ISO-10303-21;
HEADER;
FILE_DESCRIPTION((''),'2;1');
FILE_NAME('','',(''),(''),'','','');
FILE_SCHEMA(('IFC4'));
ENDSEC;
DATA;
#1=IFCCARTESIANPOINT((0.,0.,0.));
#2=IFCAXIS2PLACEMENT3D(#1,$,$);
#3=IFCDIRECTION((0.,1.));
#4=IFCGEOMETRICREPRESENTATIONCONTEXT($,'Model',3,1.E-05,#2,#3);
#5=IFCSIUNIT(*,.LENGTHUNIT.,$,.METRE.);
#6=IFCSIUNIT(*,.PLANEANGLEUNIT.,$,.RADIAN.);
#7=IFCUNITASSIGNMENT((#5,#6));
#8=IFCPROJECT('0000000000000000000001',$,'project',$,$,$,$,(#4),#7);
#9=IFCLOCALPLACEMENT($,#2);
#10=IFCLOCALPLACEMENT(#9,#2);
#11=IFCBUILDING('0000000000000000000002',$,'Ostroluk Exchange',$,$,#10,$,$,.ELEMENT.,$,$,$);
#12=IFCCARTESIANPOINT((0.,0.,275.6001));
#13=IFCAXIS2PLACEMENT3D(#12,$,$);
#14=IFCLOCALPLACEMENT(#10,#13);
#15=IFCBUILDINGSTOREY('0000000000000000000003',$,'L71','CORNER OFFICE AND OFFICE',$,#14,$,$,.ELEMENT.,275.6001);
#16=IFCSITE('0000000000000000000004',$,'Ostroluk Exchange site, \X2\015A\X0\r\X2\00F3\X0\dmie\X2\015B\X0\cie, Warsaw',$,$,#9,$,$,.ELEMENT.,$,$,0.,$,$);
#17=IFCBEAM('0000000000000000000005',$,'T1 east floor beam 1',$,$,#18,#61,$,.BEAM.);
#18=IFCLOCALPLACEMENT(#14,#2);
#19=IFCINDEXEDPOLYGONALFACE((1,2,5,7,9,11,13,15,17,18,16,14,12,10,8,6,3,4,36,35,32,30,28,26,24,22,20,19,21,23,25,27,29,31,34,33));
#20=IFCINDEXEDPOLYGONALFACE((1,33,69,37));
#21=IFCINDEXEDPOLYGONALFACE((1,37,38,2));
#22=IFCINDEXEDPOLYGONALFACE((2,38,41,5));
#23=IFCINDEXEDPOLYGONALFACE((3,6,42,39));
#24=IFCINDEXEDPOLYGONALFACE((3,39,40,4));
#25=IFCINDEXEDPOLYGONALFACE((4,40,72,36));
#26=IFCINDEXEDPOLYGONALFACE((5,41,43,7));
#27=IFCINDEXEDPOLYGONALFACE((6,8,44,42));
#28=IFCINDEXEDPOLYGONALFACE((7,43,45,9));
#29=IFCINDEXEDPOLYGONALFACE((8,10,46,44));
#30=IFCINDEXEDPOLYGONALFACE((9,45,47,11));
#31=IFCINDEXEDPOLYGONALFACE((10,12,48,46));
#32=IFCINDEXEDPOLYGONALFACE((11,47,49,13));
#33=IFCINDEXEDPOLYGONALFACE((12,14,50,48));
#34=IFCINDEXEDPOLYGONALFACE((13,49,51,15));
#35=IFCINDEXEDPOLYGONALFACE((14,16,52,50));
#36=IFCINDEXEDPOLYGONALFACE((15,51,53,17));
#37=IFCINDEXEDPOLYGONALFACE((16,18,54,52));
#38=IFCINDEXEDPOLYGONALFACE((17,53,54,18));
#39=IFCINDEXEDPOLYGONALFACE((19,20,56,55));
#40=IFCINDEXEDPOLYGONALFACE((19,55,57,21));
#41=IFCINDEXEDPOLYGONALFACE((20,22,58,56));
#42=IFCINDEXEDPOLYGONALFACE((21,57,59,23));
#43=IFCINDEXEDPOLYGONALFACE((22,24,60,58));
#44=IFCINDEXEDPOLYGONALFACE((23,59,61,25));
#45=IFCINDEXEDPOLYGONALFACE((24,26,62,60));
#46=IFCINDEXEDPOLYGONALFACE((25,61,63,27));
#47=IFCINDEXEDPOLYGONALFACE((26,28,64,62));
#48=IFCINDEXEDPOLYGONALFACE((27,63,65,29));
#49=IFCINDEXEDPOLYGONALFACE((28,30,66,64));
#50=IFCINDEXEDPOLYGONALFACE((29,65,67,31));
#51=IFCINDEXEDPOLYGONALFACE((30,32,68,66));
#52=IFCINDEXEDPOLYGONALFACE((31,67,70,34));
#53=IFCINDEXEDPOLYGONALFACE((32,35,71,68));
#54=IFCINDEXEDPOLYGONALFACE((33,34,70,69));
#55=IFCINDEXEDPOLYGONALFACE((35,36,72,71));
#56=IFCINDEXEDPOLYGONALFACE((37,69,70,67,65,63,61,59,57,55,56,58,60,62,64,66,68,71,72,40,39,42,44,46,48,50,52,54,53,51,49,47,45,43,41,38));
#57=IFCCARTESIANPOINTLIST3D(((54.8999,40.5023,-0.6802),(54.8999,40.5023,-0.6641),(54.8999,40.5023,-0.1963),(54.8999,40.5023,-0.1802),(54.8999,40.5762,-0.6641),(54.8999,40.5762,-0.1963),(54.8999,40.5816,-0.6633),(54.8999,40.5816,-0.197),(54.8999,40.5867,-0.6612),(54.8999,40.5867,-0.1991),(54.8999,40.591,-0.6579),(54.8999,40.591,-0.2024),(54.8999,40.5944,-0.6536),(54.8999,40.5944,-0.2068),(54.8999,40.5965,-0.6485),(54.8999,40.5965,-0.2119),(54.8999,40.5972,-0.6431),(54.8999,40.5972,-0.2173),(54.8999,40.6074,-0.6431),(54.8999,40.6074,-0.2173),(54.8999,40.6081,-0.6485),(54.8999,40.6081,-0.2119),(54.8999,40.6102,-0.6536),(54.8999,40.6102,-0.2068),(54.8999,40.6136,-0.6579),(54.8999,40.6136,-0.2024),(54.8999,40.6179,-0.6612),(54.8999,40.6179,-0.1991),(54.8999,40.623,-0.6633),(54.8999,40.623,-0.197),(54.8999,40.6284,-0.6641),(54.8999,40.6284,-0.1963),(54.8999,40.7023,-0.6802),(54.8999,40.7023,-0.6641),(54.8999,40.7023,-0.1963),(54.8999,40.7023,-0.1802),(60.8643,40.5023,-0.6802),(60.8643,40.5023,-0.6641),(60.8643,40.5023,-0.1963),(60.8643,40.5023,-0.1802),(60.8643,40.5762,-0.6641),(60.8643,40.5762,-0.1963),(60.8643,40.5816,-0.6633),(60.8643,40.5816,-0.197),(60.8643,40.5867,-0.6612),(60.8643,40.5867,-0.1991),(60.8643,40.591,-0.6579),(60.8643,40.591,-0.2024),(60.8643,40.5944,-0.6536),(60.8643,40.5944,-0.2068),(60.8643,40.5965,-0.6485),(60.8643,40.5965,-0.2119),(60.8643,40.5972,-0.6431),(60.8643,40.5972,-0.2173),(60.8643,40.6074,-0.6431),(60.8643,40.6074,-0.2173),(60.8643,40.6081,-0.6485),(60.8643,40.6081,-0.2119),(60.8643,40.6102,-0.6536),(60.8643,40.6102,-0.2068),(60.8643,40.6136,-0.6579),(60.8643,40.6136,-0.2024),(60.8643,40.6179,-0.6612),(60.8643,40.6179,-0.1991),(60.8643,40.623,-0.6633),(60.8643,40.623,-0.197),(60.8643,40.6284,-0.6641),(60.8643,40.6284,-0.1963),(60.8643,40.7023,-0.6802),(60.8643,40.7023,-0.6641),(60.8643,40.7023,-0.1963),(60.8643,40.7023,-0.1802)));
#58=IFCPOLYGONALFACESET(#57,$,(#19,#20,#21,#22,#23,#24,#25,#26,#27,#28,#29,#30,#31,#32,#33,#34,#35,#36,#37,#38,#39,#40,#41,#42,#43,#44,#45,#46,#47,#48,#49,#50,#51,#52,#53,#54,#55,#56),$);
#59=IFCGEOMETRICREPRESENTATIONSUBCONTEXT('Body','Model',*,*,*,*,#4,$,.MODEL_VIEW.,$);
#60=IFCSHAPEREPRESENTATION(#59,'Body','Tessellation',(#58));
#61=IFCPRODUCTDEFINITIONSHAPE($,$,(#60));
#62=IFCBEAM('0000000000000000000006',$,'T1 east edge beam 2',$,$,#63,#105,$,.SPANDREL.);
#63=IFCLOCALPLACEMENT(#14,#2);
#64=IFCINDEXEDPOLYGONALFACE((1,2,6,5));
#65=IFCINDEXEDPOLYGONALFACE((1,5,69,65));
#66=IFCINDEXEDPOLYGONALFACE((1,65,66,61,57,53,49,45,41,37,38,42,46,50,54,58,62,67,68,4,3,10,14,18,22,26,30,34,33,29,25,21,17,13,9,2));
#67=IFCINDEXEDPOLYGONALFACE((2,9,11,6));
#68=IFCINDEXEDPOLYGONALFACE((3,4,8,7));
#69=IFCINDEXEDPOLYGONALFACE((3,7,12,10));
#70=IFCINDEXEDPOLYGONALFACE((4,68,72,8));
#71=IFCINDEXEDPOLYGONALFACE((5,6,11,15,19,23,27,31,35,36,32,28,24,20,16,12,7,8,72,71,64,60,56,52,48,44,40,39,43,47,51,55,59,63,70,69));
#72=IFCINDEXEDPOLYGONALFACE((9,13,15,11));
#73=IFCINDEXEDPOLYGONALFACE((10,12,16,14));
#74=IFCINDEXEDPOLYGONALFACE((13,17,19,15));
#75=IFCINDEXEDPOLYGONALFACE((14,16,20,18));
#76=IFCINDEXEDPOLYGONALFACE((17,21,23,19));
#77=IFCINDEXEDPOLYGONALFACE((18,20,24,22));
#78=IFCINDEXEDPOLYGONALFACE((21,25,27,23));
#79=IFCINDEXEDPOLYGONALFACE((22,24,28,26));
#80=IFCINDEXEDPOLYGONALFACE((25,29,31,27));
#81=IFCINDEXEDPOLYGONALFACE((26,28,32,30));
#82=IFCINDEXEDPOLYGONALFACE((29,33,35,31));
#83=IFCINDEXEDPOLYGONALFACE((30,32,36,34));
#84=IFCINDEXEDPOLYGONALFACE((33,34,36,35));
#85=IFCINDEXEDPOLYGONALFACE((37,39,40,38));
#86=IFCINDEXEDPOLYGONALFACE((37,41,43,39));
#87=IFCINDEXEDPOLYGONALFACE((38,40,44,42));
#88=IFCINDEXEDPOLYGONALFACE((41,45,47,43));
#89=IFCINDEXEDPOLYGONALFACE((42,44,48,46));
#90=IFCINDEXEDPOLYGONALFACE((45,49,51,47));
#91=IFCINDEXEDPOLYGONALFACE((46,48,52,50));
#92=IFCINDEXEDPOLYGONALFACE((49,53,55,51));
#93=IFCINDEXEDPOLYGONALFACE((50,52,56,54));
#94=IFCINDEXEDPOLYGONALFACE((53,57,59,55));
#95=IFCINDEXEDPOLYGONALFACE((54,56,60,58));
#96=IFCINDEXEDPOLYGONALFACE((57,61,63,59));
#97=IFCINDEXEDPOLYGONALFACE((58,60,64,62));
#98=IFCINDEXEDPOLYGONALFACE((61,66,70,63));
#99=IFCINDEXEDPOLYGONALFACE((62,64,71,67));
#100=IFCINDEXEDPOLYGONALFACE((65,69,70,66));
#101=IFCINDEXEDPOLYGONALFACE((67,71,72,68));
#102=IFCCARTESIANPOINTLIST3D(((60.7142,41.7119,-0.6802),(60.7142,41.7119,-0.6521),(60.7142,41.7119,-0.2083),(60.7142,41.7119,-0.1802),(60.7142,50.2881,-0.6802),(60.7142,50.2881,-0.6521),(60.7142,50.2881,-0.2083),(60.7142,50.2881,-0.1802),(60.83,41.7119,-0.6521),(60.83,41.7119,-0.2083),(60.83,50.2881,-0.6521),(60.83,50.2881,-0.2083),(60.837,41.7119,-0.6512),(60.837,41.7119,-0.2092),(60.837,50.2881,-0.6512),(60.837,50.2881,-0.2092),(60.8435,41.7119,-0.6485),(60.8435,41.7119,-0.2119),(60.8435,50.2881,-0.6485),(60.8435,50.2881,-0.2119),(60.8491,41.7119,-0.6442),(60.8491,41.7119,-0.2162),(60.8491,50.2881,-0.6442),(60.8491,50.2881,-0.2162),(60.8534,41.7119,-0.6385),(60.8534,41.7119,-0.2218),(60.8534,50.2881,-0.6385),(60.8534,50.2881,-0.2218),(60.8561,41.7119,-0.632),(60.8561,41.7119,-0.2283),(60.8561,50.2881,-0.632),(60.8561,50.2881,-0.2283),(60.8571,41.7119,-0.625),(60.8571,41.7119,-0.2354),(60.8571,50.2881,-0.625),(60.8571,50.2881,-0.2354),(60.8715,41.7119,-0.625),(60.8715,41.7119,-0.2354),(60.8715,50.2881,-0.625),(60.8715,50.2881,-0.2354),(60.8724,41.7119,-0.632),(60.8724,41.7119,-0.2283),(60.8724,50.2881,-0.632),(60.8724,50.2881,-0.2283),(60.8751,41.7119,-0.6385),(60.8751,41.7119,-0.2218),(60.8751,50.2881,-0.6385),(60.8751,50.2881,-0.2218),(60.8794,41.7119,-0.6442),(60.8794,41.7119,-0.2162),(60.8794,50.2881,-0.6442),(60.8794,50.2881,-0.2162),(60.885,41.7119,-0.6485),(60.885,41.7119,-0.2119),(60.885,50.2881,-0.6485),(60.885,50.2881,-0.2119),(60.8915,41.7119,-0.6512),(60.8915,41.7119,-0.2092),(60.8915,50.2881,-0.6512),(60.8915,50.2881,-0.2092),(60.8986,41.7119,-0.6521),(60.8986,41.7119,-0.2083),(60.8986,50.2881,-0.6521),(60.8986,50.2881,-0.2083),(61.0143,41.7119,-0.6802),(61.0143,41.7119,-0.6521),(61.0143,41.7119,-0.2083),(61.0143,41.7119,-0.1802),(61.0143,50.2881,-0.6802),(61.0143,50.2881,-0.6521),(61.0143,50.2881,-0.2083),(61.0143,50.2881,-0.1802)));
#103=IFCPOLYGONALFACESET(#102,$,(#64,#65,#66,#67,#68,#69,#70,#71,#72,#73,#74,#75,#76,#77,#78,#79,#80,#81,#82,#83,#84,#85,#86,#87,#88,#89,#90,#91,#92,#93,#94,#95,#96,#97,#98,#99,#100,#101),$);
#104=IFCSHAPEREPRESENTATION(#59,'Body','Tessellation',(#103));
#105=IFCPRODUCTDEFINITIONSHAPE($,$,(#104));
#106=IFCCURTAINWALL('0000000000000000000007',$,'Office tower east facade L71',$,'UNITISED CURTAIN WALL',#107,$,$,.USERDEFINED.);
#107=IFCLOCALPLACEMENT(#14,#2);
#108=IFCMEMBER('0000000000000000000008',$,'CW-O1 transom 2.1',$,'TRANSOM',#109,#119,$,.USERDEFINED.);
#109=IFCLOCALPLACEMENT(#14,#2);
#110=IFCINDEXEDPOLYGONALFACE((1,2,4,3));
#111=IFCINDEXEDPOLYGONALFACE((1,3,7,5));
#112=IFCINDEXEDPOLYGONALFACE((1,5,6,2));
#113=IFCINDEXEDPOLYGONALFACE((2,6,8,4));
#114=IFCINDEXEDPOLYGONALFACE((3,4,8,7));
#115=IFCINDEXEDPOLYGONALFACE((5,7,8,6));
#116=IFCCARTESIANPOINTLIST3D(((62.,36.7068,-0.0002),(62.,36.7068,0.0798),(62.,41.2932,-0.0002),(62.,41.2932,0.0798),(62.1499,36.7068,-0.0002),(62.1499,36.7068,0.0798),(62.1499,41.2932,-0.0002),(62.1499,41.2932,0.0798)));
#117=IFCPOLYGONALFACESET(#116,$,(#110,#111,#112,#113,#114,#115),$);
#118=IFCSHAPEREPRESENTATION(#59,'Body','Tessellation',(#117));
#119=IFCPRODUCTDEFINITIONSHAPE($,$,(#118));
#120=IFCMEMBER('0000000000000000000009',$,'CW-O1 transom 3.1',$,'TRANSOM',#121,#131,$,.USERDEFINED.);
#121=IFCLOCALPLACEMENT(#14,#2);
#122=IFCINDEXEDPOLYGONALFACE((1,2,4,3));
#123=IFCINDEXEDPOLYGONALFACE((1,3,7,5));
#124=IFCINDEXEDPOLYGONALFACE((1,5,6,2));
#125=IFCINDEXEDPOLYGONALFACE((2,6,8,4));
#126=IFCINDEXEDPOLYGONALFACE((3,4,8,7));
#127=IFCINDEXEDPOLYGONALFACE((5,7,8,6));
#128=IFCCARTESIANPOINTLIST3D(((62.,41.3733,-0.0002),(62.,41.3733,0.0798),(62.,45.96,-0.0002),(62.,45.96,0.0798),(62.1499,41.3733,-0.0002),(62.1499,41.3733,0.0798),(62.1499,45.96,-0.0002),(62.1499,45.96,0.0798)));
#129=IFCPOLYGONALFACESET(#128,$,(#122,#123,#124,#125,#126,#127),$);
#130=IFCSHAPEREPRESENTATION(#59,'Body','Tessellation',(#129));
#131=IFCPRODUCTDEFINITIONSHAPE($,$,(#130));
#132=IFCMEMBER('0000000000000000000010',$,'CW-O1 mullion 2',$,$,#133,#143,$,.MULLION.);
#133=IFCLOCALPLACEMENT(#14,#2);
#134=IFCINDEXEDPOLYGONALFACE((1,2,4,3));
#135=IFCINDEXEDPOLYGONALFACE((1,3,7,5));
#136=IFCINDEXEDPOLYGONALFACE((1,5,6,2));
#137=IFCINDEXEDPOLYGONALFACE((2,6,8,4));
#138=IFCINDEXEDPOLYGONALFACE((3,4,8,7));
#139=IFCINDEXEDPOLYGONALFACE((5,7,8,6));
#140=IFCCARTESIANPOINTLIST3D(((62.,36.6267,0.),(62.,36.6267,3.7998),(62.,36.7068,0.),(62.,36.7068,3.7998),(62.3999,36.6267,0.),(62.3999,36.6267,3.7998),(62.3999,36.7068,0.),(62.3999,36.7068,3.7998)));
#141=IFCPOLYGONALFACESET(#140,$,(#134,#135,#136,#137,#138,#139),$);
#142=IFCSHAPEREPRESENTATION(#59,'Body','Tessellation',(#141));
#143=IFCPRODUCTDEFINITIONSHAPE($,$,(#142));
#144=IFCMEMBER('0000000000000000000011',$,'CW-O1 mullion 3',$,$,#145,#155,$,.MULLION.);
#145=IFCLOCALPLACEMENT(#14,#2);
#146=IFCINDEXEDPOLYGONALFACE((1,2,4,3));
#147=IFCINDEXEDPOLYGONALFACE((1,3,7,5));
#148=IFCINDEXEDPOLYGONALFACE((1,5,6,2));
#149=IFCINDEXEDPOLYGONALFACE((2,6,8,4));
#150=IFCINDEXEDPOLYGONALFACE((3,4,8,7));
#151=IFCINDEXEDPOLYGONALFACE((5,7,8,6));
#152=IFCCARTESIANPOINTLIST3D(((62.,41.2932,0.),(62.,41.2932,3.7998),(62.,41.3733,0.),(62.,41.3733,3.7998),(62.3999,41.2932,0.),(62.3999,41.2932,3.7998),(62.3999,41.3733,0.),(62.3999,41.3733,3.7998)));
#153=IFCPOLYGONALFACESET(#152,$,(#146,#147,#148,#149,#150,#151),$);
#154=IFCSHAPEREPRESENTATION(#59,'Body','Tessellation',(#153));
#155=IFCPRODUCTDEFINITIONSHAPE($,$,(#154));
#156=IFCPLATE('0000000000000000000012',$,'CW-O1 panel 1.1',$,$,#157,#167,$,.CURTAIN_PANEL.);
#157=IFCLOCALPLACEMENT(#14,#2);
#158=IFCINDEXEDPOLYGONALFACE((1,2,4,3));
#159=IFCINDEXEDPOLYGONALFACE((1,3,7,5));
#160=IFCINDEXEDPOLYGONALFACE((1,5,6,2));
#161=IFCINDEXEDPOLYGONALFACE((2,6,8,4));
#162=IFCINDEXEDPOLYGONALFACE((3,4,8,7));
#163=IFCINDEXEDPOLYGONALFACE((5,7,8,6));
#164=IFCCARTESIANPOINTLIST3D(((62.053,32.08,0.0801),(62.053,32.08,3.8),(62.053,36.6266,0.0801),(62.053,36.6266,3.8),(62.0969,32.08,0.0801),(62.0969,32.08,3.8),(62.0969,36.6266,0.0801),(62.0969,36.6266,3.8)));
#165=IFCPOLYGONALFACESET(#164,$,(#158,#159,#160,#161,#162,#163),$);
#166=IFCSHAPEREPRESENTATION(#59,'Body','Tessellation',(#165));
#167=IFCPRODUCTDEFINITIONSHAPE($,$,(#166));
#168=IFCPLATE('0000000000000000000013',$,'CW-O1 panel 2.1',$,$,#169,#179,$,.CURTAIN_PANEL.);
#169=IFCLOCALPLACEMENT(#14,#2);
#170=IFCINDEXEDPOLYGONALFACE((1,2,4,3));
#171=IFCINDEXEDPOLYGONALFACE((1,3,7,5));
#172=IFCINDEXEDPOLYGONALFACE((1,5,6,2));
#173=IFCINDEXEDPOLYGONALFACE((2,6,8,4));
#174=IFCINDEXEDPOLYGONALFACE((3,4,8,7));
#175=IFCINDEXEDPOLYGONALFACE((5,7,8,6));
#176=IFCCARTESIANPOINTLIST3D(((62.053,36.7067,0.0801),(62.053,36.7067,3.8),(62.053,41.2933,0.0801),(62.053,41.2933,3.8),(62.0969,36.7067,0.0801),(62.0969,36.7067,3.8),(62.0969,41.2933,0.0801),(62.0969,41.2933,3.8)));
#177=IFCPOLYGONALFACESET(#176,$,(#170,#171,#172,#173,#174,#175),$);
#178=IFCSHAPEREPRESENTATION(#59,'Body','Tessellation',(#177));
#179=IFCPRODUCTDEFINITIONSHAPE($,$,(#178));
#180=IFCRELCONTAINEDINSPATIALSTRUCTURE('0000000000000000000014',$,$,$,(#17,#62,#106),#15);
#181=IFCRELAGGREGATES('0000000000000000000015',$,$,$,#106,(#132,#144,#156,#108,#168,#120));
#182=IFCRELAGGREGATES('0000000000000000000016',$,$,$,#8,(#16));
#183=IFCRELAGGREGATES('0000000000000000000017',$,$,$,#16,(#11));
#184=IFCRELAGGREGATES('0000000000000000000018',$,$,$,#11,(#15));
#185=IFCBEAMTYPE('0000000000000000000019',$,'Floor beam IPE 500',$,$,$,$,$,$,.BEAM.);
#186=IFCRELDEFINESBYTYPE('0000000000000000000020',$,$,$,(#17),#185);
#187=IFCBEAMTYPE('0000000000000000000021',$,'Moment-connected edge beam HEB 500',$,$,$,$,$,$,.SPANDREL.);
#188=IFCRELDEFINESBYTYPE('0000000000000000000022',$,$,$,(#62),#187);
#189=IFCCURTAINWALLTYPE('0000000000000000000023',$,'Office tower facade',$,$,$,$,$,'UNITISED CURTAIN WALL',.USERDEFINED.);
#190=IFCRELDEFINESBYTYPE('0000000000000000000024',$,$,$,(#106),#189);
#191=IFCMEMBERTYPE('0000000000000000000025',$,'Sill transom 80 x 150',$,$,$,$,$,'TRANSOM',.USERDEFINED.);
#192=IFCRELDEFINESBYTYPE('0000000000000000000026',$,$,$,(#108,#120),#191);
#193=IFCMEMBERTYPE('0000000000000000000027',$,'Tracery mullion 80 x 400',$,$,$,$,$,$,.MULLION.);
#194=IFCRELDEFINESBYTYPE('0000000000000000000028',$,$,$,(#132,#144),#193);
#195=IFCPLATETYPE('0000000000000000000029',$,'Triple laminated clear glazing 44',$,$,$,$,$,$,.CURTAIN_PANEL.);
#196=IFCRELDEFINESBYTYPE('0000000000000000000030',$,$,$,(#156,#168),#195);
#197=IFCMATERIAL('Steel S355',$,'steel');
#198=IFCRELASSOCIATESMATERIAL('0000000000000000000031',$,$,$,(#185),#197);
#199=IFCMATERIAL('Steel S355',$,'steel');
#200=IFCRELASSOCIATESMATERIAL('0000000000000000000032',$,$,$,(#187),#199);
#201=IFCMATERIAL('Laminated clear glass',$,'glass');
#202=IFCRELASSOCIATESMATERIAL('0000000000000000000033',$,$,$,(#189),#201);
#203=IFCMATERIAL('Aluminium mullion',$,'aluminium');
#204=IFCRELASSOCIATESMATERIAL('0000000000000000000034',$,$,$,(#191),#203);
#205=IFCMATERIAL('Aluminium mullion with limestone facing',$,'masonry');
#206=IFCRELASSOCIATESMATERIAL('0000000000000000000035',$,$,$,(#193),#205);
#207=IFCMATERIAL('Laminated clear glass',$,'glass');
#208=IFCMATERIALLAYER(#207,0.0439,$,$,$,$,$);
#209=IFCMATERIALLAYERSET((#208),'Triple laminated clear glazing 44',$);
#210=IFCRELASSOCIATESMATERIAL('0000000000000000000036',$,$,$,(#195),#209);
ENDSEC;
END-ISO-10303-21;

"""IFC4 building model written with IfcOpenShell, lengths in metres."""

from ifc_helpers import new_model, si_unit, direction, frame, origin, origin_2d, place, context, subcontext, project, spatial, rectangle, i_section, extrude, material, layer, layer_set, material_profile, profile_set, type_object, element, aggregate, save


model = new_model("IFC4")

# Units and contexts
model_context = context("Model", 3, precision=1e-05, world=origin(), true_north=direction((0.0, 1.0)))
body_context = subcontext(model_context, "Body", "Model", "MODEL_VIEW")
ifc_project = project(units=[si_unit("LENGTHUNIT", "METRE"), si_unit("PLANEANGLEUNIT", "RADIAN")], contexts=[model_context])

# Site, building, storey
site_placement = place(None, origin())
site = spatial("IfcSite", under=ifc_project, at=site_placement, Name="Ostroluk Exchange site, Śródmieście, Warsaw", CompositionType="ELEMENT", RefElevation=0.0)
building_placement = place(site_placement, origin())
building = spatial("IfcBuilding", under=site, at=building_placement, Name="Ostroluk Exchange", CompositionType="ELEMENT")
storey_placement = place(building_placement, frame((0.0, 0.0, 275.6001)))
storey = spatial("IfcBuildingStorey", under=building, at=storey_placement, Name="L71", Description="CORNER OFFICE AND OFFICE", CompositionType="ELEMENT", Elevation=275.6001)

# Beams
ifc_material_1 = material(Name="Steel S355", Category="steel")
ifc_material_profile_1 = material_profile(ifc_material_1, i_section(OverallWidth=0.2, OverallDepth=0.5, WebThickness=0.0103, FlangeThickness=0.0161, FilletRadius=0.021, at=origin_2d()), Name="IPE 500")
ifc_profile_set_1 = profile_set([ifc_material_profile_1], Name="Steel S355")
beam_type_1 = type_object("IfcBeamType", Name="Floor beam IPE 500", PredefinedType="BEAM", material=ifc_profile_set_1)
beam_1_placement = place(storey_placement, frame((54.8999, 40.6023, -0.4302), z_axis=(1.0, 0.0, 0.0), x_axis=(0.0, 1.0, 0.0)))
element("IfcBeam", 1, at=beam_1_placement, inside=storey, type_object=beam_type_1, Name="T1 east floor beam 1", PredefinedType="BEAM", context=body_context, shape_type="SweptSolid", body=[
    extrude(i_section(OverallWidth=0.2, OverallDepth=0.5, WebThickness=0.0103, FlangeThickness=0.0161, FilletRadius=0.021, at=origin_2d()), origin(), (0.0, 0.0, 1.0), 5.9644),
])
ifc_material_2 = material(Name="Steel S355", Category="steel")
ifc_material_profile_2 = material_profile(ifc_material_2, i_section(OverallWidth=0.3, OverallDepth=0.5, WebThickness=0.0144, FlangeThickness=0.0281, FilletRadius=0.0271, at=origin_2d()), Name="HEB 500")
ifc_profile_set_2 = profile_set([ifc_material_profile_2], Name="Steel S355")
beam_type_2 = type_object("IfcBeamType", Name="Moment-connected edge beam HEB 500", PredefinedType="SPANDREL", material=ifc_profile_set_2)
beam_2_placement = place(storey_placement, frame((60.8643, 41.7119, -0.4302), z_axis=(0.0, 1.0, 0.0), x_axis=(-1.0, 0.0, 0.0)))
element("IfcBeam", 2, at=beam_2_placement, inside=storey, type_object=beam_type_2, Name="T1 east edge beam 2", PredefinedType="SPANDREL", context=body_context, shape_type="SweptSolid", body=[
    extrude(i_section(OverallWidth=0.3, OverallDepth=0.5, WebThickness=0.0144, FlangeThickness=0.0281, FilletRadius=0.0271, at=origin_2d()), origin(), (0.0, 0.0, 1.0), 8.5762),
])

# Curtain wall, members, plates
ifc_material_3 = material(Name="Laminated clear glass", Category="glass")
curtain_wall_type = type_object("IfcCurtainWallType", Name="Office tower facade", ElementType="UNITISED CURTAIN WALL", PredefinedType="USERDEFINED", material=ifc_material_3)
curtain_wall_placement = place(storey_placement, origin())
curtain_wall = element("IfcCurtainWall", 3, at=curtain_wall_placement, inside=storey, type_object=curtain_wall_type, Name="Office tower east facade L71", ObjectType="UNITISED CURTAIN WALL", PredefinedType="USERDEFINED")
ifc_material_4 = material(Name="Aluminium mullion", Category="aluminium")
ifc_material_profile_3 = material_profile(ifc_material_4, rectangle(XDim=0.1499, YDim=0.0801, at=origin_2d()), Name="Sill transom 80 x 150")
ifc_profile_set_3 = profile_set([ifc_material_profile_3], Name="Aluminium mullion")
member_type_1 = type_object("IfcMemberType", Name="Sill transom 80 x 150", ElementType="TRANSOM", PredefinedType="USERDEFINED", material=ifc_profile_set_3)
member_1_placement = place(storey_placement, frame((62.075, 36.7068, 0.0398), z_axis=(0.0, 1.0, 0.0), x_axis=(-1.0, 0.0, 0.0)))
member_1 = element("IfcMember", 4, at=member_1_placement, type_object=member_type_1, Name="CW-O1 transom 2.1", ObjectType="TRANSOM", PredefinedType="USERDEFINED", context=body_context, shape_type="SweptSolid", body=[
    extrude(rectangle(XDim=0.1499, YDim=0.0801, at=origin_2d()), origin(), (0.0, 0.0, 1.0), 4.5864),
])
member_2_placement = place(storey_placement, frame((62.075, 41.3733, 0.0398), z_axis=(0.0, 1.0, 0.0), x_axis=(-1.0, 0.0, 0.0)))
member_2 = element("IfcMember", 5, at=member_2_placement, type_object=member_type_1, Name="CW-O1 transom 3.1", ObjectType="TRANSOM", PredefinedType="USERDEFINED", context=body_context, shape_type="SweptSolid", body=[
    extrude(rectangle(XDim=0.1499, YDim=0.0801, at=origin_2d()), origin(), (0.0, 0.0, 1.0), 4.5867),
])
ifc_material_5 = material(Name="Aluminium mullion with limestone facing", Category="masonry")
ifc_material_profile_4 = material_profile(ifc_material_5, rectangle(XDim=0.3999, YDim=0.0801, at=origin_2d()), Name="Tracery mullion 80 x 400")
ifc_profile_set_4 = profile_set([ifc_material_profile_4], Name="Aluminium mullion with limestone facing")
member_type_2 = type_object("IfcMemberType", Name="Tracery mullion 80 x 400", PredefinedType="MULLION", material=ifc_profile_set_4)
member_3_placement = place(storey_placement, frame((62.2, 36.6667, 0.0), z_axis=(0.0, 0.0, 1.0), x_axis=(-1.0, 0.0, 0.0)))
member_3 = element("IfcMember", 6, at=member_3_placement, type_object=member_type_2, Name="CW-O1 mullion 2", PredefinedType="MULLION", context=body_context, shape_type="SweptSolid", body=[
    extrude(rectangle(XDim=0.3999, YDim=0.0801, at=origin_2d()), origin(), (0.0, 0.0, 1.0), 3.7998),
])
member_4_placement = place(storey_placement, frame((62.2, 41.3333, 0.0), z_axis=(0.0, 0.0, 1.0), x_axis=(-1.0, 0.0, 0.0)))
member_4 = element("IfcMember", 7, at=member_4_placement, type_object=member_type_2, Name="CW-O1 mullion 3", PredefinedType="MULLION", context=body_context, shape_type="SweptSolid", body=[
    extrude(rectangle(XDim=0.3999, YDim=0.0801, at=origin_2d()), origin(), (0.0, 0.0, 1.0), 3.7998),
])
ifc_material_6 = material(Name="Laminated clear glass", Category="glass")
ifc_layer_1 = layer(ifc_material_6, 0.0439)
ifc_layer_set_1 = layer_set([ifc_layer_1], Name="Triple laminated clear glazing 44")
plate_type = type_object("IfcPlateType", Name="Triple laminated clear glazing 44", PredefinedType="CURTAIN_PANEL", material=ifc_layer_set_1)
plate_1_placement = place(storey_placement, frame((62.075, 34.3533, 0.0801), z_axis=(0.0, 0.0, 1.0), x_axis=(0.0, 1.0, 0.0)))
plate_1 = element("IfcPlate", 8, at=plate_1_placement, type_object=plate_type, Name="CW-O1 panel 1.1", PredefinedType="CURTAIN_PANEL", context=body_context, shape_type="SweptSolid", body=[
    extrude(rectangle(XDim=4.5466, YDim=0.0439, at=origin_2d()), origin(), (0.0, 0.0, 1.0), 3.72),
])
plate_2_placement = place(storey_placement, frame((62.075, 39.0, 0.0801), z_axis=(0.0, 0.0, 1.0), x_axis=(0.0, 1.0, 0.0)))
plate_2 = element("IfcPlate", 9, at=plate_2_placement, type_object=plate_type, Name="CW-O1 panel 2.1", PredefinedType="CURTAIN_PANEL", context=body_context, shape_type="SweptSolid", body=[
    extrude(rectangle(XDim=4.5867, YDim=0.0439, at=origin_2d()), origin(), (0.0, 0.0, 1.0), 3.72),
])
aggregate(curtain_wall, [member_3, member_4, plate_1, member_1, plate_2, member_2])

save(model, "model.ifc")
